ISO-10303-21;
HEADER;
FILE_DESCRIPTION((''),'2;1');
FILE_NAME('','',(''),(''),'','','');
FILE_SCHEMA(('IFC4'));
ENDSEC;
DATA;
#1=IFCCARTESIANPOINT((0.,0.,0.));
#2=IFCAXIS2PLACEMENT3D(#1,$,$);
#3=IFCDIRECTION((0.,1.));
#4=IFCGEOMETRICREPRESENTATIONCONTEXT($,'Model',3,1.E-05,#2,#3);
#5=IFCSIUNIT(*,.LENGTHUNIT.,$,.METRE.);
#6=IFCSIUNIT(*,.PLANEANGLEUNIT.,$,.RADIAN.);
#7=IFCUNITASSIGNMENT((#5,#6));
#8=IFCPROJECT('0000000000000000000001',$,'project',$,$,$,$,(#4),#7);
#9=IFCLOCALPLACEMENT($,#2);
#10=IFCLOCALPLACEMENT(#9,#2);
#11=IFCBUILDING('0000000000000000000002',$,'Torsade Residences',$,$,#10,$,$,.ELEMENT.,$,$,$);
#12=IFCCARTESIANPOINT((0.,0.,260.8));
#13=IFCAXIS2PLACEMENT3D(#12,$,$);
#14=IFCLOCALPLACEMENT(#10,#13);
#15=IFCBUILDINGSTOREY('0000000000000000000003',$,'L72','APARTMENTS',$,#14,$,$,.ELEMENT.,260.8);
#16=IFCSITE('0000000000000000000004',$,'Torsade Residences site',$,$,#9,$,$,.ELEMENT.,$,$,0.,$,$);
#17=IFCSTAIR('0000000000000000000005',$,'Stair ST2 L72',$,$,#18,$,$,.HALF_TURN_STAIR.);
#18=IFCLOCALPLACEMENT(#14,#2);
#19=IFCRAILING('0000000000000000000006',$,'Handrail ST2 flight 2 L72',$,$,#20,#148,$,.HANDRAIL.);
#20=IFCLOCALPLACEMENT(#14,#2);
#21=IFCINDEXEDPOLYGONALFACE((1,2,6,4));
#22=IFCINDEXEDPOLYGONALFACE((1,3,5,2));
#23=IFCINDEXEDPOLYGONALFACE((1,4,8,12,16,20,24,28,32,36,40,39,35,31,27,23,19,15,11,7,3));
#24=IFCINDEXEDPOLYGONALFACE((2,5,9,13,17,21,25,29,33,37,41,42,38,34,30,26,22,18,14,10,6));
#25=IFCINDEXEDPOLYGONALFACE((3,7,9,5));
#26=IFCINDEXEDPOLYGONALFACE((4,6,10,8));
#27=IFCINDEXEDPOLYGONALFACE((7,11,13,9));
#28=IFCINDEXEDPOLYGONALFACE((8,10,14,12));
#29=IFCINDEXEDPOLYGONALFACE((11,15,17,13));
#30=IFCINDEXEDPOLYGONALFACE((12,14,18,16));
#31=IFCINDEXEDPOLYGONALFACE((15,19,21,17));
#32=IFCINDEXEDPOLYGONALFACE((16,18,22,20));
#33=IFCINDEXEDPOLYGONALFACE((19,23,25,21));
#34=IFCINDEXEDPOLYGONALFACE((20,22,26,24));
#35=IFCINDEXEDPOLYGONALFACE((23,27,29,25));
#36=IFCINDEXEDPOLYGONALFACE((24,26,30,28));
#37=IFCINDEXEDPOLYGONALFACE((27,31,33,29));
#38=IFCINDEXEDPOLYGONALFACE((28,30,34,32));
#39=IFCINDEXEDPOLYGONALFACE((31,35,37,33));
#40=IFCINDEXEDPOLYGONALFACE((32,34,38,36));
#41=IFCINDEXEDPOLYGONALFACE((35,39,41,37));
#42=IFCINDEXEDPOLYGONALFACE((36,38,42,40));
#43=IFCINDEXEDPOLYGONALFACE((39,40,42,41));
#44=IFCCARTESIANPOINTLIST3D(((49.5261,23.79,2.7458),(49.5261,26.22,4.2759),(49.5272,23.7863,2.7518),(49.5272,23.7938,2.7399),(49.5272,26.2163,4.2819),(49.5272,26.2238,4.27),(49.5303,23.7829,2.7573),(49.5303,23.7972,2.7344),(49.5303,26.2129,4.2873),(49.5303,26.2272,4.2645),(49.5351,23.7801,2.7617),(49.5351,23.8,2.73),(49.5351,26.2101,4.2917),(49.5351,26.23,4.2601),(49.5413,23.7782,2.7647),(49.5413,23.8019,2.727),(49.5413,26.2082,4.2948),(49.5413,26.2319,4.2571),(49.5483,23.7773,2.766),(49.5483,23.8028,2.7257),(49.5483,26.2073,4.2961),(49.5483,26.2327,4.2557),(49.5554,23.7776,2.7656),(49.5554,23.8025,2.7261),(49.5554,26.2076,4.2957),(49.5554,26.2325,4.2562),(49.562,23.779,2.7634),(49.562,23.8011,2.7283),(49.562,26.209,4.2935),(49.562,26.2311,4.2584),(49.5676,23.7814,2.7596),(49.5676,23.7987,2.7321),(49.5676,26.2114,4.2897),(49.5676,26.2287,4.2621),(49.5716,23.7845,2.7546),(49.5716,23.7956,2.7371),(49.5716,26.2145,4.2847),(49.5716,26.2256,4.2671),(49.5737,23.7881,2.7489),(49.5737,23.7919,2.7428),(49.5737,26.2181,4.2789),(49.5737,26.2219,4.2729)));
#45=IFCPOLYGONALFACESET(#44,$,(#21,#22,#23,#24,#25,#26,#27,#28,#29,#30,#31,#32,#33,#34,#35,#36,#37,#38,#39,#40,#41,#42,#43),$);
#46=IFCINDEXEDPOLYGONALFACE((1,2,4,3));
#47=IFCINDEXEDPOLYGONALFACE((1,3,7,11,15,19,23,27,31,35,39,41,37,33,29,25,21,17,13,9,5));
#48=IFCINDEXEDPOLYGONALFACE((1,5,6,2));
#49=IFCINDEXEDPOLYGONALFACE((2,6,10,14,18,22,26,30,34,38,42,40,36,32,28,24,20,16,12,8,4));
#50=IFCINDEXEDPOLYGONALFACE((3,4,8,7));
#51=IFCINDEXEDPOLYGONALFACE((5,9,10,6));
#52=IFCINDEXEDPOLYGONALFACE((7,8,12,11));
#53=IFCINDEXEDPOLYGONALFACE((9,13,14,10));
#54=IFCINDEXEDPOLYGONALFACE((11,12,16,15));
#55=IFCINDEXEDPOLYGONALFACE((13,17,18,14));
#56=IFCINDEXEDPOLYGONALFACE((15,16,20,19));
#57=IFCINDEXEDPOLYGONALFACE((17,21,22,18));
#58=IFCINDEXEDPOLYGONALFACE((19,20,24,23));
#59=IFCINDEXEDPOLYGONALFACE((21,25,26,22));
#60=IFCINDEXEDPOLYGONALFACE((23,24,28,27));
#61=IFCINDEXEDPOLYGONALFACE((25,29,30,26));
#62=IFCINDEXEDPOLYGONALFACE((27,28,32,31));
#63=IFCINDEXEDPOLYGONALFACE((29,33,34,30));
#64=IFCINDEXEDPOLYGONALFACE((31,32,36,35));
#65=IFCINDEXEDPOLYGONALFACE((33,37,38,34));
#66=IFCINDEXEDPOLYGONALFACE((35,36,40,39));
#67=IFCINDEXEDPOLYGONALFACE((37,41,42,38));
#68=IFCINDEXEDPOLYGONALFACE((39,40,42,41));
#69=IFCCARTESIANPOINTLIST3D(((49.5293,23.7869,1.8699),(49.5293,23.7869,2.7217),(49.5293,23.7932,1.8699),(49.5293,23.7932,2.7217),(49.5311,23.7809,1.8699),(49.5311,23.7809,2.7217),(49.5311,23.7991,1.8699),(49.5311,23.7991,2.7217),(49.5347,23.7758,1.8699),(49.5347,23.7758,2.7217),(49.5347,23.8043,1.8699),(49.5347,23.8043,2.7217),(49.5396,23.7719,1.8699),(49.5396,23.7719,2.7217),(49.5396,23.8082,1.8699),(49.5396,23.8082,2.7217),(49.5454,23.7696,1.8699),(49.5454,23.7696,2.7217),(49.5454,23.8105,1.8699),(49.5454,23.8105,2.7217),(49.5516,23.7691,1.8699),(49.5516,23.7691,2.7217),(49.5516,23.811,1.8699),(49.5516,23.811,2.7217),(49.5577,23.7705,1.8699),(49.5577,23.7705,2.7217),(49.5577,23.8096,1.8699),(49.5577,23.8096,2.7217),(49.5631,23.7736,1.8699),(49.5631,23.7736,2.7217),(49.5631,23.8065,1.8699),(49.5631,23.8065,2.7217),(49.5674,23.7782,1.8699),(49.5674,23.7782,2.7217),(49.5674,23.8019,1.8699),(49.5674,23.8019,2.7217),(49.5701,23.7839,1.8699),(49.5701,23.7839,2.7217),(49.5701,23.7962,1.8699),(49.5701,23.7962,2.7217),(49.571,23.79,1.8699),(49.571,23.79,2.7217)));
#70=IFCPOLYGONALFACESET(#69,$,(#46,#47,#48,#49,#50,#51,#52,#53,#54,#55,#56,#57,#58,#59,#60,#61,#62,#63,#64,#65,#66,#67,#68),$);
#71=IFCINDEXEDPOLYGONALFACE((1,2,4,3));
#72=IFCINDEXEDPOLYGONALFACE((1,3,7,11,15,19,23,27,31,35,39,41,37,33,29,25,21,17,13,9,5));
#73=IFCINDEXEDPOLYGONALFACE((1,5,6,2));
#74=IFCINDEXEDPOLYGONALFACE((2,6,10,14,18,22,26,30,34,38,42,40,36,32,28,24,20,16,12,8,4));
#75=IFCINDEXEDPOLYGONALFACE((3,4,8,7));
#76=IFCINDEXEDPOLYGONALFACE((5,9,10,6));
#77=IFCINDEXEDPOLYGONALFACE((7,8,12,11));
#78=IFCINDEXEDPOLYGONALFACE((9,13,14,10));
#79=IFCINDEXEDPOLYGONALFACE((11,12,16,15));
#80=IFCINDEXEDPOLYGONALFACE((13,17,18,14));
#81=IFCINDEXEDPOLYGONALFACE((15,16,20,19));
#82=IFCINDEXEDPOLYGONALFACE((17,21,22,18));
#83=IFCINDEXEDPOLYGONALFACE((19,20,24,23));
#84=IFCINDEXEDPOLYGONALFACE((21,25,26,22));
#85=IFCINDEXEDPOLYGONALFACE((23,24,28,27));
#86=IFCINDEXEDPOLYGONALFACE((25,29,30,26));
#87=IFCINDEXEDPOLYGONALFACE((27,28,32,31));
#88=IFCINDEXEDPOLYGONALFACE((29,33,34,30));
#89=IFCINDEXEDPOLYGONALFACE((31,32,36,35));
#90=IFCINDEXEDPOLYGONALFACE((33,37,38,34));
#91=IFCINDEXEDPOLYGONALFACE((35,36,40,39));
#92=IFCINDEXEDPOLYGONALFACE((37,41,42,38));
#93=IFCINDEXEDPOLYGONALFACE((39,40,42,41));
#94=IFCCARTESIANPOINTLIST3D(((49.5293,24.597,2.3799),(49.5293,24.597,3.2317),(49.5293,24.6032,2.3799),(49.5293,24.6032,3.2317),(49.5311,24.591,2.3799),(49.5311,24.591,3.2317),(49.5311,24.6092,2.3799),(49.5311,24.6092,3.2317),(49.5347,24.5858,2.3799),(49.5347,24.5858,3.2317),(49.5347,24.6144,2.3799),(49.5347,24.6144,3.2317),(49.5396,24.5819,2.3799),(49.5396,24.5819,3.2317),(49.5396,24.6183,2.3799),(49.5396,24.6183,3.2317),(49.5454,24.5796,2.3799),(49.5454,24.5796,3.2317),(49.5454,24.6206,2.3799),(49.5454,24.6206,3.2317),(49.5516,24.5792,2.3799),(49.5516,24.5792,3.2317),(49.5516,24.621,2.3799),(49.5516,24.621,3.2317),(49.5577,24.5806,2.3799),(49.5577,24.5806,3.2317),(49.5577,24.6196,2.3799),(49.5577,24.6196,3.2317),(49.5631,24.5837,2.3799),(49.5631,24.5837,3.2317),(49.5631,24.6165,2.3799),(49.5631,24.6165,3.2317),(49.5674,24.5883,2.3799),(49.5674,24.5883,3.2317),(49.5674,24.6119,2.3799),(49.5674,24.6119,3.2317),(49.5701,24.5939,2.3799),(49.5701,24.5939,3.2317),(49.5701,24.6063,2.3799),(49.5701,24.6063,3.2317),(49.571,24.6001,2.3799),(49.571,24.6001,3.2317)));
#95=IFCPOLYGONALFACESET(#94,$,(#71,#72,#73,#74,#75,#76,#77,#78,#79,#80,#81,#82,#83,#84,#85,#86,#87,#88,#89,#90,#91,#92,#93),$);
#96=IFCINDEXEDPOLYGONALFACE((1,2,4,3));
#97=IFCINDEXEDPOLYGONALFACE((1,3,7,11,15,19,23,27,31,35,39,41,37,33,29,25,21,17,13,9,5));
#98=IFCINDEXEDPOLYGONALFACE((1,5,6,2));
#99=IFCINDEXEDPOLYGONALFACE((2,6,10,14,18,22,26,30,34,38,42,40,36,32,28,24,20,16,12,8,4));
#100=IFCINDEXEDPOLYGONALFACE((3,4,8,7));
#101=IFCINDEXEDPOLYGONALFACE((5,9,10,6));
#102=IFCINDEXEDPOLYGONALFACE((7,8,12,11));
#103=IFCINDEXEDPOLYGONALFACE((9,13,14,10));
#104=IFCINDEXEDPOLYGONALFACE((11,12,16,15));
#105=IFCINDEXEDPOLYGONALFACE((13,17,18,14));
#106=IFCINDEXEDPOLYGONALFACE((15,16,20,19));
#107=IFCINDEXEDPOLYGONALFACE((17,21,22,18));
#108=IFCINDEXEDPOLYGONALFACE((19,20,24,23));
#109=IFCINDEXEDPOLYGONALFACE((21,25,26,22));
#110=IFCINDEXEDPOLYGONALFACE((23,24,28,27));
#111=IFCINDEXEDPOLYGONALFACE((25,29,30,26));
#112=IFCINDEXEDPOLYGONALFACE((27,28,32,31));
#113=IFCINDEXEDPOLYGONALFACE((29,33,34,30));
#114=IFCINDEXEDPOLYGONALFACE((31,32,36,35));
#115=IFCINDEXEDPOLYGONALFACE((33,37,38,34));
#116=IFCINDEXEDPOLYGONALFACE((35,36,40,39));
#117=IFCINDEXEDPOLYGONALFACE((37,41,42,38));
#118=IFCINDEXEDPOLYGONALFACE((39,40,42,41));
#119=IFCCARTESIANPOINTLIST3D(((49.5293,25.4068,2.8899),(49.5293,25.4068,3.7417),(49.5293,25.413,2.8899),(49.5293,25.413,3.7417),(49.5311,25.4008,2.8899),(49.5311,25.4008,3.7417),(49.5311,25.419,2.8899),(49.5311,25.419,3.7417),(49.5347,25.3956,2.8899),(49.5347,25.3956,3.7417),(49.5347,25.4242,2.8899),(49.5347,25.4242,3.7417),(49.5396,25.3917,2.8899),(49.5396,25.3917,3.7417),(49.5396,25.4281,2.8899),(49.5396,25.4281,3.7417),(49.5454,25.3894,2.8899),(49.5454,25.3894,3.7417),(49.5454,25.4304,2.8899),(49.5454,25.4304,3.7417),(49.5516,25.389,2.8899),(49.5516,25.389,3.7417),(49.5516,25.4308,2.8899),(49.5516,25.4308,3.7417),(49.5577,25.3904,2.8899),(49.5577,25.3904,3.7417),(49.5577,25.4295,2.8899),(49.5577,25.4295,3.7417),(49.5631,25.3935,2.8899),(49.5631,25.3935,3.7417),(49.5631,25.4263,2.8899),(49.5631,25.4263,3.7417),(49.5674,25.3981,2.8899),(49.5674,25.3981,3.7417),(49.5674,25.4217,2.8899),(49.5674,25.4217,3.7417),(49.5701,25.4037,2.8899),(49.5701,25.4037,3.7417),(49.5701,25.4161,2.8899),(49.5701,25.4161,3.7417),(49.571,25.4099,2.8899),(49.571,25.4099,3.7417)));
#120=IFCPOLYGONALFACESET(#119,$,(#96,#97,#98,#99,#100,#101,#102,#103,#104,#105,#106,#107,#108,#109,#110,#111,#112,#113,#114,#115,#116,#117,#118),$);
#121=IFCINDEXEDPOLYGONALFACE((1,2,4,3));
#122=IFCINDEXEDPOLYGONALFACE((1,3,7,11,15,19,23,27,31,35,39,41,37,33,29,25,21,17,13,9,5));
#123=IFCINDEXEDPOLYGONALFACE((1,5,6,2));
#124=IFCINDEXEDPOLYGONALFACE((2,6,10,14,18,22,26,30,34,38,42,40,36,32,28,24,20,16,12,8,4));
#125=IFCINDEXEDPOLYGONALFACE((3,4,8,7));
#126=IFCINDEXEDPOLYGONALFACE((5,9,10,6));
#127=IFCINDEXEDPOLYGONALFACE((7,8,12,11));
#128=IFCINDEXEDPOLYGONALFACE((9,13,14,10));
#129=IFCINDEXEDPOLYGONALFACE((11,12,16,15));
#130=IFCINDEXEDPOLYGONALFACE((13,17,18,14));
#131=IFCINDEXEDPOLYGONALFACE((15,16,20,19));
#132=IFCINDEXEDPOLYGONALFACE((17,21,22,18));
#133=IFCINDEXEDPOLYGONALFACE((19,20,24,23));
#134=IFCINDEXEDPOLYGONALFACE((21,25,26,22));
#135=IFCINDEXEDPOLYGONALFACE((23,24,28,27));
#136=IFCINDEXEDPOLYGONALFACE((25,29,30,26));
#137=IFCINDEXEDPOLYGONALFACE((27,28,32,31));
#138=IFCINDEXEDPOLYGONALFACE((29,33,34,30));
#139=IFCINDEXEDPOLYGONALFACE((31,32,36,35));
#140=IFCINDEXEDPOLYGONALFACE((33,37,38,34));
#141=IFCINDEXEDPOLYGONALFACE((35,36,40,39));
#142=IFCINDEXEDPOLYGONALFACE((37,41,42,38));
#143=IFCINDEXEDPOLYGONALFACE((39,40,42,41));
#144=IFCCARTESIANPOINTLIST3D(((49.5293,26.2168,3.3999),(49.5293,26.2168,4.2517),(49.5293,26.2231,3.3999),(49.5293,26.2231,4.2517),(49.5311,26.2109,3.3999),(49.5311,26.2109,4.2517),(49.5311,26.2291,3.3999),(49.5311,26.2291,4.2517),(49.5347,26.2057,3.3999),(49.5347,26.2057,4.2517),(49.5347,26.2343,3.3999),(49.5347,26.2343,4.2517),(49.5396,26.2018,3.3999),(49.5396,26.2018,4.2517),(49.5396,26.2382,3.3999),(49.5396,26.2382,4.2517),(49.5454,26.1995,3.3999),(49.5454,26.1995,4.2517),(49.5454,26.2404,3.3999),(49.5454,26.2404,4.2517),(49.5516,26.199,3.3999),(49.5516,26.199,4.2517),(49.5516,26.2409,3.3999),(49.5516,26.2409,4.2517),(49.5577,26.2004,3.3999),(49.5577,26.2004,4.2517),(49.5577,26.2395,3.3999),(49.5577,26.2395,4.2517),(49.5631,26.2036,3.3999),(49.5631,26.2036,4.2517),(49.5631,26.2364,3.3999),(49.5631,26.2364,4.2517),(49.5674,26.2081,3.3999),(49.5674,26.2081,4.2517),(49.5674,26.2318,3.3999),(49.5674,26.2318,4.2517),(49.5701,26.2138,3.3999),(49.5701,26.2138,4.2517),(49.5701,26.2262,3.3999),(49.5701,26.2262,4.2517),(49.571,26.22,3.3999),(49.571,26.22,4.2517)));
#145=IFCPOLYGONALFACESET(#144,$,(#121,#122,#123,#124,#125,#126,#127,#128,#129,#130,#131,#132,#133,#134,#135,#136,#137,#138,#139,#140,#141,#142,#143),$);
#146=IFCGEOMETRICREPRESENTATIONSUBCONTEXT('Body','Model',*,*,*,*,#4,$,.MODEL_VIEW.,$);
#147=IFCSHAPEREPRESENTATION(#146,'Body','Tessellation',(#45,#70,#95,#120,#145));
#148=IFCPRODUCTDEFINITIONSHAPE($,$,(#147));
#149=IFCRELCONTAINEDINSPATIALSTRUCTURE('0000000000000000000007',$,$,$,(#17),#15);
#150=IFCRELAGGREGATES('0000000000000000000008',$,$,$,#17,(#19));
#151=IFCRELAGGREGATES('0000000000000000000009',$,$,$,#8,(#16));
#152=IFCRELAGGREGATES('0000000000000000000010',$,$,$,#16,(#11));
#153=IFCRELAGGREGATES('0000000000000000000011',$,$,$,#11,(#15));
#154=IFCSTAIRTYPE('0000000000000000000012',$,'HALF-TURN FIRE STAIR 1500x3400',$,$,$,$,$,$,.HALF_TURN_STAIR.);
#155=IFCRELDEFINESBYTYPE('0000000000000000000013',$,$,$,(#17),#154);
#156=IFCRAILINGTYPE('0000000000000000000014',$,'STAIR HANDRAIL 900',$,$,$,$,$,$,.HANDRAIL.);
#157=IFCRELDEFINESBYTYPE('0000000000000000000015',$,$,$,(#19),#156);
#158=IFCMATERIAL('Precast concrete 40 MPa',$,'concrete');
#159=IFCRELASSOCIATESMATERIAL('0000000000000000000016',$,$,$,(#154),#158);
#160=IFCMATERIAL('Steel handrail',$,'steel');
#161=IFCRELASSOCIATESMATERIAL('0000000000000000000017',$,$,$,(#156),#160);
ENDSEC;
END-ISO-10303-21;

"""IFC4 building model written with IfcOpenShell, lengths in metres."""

from ifc_helpers import new_model, si_unit, direction, frame, origin, origin_2d, place, context, subcontext, project, spatial, circle, extrude, material, type_object, element, aggregate, save


model = new_model("IFC4")

# Units and contexts
model_context = context("Model", 3, precision=1e-05, world=origin(), true_north=direction((0.0, 1.0)))
body_context = subcontext(model_context, "Body", "Model", "MODEL_VIEW")
ifc_project = project(units=[si_unit("LENGTHUNIT", "METRE"), si_unit("PLANEANGLEUNIT", "RADIAN")], contexts=[model_context])

# Site, building, storey
site_placement = place(None, origin())
site = spatial("IfcSite", under=ifc_project, at=site_placement, Name="Torsade Residences site", CompositionType="ELEMENT", RefElevation=0.0)
building_placement = place(site_placement, origin())
building = spatial("IfcBuilding", under=site, at=building_placement, Name="Torsade Residences", CompositionType="ELEMENT")
storey_placement = place(building_placement, frame((0.0, 0.0, 260.8)))
storey = spatial("IfcBuildingStorey", under=building, at=storey_placement, Name="L72", Description="APARTMENTS", CompositionType="ELEMENT", Elevation=260.8)

# Stair, railing
ifc_material_1 = material(Name="Precast concrete 40 MPa", Category="concrete")
stair_type = type_object("IfcStairType", Name="HALF-TURN FIRE STAIR 1500x3400", PredefinedType="HALF_TURN_STAIR", material=ifc_material_1)
stair_placement = place(storey_placement, origin())
stair = element("IfcStair", 1, at=stair_placement, inside=storey, type_object=stair_type, Name="Stair ST2 L72", PredefinedType="HALF_TURN_STAIR")
ifc_material_2 = material(Name="Steel handrail", Category="steel")
railing_type = type_object("IfcRailingType", Name="STAIR HANDRAIL 900", PredefinedType="HANDRAIL", material=ifc_material_2)
railing_1_placement = place(storey_placement, frame((49.55, 23.79, 1.8699)))
railing_1 = element("IfcRailing", 2, at=railing_1_placement, type_object=railing_type, Name="Handrail ST2 flight 2 L72", PredefinedType="HANDRAIL", context=body_context, shape_type="SweptSolid", body=[
    extrude(circle(Radius=0.0239, at=origin_2d()), frame((0.0, 0.0, 0.876), z_axis=(0.0, 0.846221, 0.532831), x_axis=(-1.0, 0.0, 0.0)), (0.0, 0.0, 1.0), 2.8716),
    extrude(circle(Radius=0.021, at=origin_2d()), origin(), (0.0, 0.0, 1.0), 0.8518),
    extrude(circle(Radius=0.021, at=origin_2d()), frame((0.0, 0.8101, 0.51)), (0.0, 0.0, 1.0), 0.8518),
    extrude(circle(Radius=0.021, at=origin_2d()), frame((0.0, 1.6199, 1.02)), (0.0, 0.0, 1.0), 0.8518),
    extrude(circle(Radius=0.021, at=origin_2d()), frame((0.0, 2.4299, 1.53)), (0.0, 0.0, 1.0), 0.8518),
])
aggregate(stair, [railing_1])

save(model, "model.ifc")
